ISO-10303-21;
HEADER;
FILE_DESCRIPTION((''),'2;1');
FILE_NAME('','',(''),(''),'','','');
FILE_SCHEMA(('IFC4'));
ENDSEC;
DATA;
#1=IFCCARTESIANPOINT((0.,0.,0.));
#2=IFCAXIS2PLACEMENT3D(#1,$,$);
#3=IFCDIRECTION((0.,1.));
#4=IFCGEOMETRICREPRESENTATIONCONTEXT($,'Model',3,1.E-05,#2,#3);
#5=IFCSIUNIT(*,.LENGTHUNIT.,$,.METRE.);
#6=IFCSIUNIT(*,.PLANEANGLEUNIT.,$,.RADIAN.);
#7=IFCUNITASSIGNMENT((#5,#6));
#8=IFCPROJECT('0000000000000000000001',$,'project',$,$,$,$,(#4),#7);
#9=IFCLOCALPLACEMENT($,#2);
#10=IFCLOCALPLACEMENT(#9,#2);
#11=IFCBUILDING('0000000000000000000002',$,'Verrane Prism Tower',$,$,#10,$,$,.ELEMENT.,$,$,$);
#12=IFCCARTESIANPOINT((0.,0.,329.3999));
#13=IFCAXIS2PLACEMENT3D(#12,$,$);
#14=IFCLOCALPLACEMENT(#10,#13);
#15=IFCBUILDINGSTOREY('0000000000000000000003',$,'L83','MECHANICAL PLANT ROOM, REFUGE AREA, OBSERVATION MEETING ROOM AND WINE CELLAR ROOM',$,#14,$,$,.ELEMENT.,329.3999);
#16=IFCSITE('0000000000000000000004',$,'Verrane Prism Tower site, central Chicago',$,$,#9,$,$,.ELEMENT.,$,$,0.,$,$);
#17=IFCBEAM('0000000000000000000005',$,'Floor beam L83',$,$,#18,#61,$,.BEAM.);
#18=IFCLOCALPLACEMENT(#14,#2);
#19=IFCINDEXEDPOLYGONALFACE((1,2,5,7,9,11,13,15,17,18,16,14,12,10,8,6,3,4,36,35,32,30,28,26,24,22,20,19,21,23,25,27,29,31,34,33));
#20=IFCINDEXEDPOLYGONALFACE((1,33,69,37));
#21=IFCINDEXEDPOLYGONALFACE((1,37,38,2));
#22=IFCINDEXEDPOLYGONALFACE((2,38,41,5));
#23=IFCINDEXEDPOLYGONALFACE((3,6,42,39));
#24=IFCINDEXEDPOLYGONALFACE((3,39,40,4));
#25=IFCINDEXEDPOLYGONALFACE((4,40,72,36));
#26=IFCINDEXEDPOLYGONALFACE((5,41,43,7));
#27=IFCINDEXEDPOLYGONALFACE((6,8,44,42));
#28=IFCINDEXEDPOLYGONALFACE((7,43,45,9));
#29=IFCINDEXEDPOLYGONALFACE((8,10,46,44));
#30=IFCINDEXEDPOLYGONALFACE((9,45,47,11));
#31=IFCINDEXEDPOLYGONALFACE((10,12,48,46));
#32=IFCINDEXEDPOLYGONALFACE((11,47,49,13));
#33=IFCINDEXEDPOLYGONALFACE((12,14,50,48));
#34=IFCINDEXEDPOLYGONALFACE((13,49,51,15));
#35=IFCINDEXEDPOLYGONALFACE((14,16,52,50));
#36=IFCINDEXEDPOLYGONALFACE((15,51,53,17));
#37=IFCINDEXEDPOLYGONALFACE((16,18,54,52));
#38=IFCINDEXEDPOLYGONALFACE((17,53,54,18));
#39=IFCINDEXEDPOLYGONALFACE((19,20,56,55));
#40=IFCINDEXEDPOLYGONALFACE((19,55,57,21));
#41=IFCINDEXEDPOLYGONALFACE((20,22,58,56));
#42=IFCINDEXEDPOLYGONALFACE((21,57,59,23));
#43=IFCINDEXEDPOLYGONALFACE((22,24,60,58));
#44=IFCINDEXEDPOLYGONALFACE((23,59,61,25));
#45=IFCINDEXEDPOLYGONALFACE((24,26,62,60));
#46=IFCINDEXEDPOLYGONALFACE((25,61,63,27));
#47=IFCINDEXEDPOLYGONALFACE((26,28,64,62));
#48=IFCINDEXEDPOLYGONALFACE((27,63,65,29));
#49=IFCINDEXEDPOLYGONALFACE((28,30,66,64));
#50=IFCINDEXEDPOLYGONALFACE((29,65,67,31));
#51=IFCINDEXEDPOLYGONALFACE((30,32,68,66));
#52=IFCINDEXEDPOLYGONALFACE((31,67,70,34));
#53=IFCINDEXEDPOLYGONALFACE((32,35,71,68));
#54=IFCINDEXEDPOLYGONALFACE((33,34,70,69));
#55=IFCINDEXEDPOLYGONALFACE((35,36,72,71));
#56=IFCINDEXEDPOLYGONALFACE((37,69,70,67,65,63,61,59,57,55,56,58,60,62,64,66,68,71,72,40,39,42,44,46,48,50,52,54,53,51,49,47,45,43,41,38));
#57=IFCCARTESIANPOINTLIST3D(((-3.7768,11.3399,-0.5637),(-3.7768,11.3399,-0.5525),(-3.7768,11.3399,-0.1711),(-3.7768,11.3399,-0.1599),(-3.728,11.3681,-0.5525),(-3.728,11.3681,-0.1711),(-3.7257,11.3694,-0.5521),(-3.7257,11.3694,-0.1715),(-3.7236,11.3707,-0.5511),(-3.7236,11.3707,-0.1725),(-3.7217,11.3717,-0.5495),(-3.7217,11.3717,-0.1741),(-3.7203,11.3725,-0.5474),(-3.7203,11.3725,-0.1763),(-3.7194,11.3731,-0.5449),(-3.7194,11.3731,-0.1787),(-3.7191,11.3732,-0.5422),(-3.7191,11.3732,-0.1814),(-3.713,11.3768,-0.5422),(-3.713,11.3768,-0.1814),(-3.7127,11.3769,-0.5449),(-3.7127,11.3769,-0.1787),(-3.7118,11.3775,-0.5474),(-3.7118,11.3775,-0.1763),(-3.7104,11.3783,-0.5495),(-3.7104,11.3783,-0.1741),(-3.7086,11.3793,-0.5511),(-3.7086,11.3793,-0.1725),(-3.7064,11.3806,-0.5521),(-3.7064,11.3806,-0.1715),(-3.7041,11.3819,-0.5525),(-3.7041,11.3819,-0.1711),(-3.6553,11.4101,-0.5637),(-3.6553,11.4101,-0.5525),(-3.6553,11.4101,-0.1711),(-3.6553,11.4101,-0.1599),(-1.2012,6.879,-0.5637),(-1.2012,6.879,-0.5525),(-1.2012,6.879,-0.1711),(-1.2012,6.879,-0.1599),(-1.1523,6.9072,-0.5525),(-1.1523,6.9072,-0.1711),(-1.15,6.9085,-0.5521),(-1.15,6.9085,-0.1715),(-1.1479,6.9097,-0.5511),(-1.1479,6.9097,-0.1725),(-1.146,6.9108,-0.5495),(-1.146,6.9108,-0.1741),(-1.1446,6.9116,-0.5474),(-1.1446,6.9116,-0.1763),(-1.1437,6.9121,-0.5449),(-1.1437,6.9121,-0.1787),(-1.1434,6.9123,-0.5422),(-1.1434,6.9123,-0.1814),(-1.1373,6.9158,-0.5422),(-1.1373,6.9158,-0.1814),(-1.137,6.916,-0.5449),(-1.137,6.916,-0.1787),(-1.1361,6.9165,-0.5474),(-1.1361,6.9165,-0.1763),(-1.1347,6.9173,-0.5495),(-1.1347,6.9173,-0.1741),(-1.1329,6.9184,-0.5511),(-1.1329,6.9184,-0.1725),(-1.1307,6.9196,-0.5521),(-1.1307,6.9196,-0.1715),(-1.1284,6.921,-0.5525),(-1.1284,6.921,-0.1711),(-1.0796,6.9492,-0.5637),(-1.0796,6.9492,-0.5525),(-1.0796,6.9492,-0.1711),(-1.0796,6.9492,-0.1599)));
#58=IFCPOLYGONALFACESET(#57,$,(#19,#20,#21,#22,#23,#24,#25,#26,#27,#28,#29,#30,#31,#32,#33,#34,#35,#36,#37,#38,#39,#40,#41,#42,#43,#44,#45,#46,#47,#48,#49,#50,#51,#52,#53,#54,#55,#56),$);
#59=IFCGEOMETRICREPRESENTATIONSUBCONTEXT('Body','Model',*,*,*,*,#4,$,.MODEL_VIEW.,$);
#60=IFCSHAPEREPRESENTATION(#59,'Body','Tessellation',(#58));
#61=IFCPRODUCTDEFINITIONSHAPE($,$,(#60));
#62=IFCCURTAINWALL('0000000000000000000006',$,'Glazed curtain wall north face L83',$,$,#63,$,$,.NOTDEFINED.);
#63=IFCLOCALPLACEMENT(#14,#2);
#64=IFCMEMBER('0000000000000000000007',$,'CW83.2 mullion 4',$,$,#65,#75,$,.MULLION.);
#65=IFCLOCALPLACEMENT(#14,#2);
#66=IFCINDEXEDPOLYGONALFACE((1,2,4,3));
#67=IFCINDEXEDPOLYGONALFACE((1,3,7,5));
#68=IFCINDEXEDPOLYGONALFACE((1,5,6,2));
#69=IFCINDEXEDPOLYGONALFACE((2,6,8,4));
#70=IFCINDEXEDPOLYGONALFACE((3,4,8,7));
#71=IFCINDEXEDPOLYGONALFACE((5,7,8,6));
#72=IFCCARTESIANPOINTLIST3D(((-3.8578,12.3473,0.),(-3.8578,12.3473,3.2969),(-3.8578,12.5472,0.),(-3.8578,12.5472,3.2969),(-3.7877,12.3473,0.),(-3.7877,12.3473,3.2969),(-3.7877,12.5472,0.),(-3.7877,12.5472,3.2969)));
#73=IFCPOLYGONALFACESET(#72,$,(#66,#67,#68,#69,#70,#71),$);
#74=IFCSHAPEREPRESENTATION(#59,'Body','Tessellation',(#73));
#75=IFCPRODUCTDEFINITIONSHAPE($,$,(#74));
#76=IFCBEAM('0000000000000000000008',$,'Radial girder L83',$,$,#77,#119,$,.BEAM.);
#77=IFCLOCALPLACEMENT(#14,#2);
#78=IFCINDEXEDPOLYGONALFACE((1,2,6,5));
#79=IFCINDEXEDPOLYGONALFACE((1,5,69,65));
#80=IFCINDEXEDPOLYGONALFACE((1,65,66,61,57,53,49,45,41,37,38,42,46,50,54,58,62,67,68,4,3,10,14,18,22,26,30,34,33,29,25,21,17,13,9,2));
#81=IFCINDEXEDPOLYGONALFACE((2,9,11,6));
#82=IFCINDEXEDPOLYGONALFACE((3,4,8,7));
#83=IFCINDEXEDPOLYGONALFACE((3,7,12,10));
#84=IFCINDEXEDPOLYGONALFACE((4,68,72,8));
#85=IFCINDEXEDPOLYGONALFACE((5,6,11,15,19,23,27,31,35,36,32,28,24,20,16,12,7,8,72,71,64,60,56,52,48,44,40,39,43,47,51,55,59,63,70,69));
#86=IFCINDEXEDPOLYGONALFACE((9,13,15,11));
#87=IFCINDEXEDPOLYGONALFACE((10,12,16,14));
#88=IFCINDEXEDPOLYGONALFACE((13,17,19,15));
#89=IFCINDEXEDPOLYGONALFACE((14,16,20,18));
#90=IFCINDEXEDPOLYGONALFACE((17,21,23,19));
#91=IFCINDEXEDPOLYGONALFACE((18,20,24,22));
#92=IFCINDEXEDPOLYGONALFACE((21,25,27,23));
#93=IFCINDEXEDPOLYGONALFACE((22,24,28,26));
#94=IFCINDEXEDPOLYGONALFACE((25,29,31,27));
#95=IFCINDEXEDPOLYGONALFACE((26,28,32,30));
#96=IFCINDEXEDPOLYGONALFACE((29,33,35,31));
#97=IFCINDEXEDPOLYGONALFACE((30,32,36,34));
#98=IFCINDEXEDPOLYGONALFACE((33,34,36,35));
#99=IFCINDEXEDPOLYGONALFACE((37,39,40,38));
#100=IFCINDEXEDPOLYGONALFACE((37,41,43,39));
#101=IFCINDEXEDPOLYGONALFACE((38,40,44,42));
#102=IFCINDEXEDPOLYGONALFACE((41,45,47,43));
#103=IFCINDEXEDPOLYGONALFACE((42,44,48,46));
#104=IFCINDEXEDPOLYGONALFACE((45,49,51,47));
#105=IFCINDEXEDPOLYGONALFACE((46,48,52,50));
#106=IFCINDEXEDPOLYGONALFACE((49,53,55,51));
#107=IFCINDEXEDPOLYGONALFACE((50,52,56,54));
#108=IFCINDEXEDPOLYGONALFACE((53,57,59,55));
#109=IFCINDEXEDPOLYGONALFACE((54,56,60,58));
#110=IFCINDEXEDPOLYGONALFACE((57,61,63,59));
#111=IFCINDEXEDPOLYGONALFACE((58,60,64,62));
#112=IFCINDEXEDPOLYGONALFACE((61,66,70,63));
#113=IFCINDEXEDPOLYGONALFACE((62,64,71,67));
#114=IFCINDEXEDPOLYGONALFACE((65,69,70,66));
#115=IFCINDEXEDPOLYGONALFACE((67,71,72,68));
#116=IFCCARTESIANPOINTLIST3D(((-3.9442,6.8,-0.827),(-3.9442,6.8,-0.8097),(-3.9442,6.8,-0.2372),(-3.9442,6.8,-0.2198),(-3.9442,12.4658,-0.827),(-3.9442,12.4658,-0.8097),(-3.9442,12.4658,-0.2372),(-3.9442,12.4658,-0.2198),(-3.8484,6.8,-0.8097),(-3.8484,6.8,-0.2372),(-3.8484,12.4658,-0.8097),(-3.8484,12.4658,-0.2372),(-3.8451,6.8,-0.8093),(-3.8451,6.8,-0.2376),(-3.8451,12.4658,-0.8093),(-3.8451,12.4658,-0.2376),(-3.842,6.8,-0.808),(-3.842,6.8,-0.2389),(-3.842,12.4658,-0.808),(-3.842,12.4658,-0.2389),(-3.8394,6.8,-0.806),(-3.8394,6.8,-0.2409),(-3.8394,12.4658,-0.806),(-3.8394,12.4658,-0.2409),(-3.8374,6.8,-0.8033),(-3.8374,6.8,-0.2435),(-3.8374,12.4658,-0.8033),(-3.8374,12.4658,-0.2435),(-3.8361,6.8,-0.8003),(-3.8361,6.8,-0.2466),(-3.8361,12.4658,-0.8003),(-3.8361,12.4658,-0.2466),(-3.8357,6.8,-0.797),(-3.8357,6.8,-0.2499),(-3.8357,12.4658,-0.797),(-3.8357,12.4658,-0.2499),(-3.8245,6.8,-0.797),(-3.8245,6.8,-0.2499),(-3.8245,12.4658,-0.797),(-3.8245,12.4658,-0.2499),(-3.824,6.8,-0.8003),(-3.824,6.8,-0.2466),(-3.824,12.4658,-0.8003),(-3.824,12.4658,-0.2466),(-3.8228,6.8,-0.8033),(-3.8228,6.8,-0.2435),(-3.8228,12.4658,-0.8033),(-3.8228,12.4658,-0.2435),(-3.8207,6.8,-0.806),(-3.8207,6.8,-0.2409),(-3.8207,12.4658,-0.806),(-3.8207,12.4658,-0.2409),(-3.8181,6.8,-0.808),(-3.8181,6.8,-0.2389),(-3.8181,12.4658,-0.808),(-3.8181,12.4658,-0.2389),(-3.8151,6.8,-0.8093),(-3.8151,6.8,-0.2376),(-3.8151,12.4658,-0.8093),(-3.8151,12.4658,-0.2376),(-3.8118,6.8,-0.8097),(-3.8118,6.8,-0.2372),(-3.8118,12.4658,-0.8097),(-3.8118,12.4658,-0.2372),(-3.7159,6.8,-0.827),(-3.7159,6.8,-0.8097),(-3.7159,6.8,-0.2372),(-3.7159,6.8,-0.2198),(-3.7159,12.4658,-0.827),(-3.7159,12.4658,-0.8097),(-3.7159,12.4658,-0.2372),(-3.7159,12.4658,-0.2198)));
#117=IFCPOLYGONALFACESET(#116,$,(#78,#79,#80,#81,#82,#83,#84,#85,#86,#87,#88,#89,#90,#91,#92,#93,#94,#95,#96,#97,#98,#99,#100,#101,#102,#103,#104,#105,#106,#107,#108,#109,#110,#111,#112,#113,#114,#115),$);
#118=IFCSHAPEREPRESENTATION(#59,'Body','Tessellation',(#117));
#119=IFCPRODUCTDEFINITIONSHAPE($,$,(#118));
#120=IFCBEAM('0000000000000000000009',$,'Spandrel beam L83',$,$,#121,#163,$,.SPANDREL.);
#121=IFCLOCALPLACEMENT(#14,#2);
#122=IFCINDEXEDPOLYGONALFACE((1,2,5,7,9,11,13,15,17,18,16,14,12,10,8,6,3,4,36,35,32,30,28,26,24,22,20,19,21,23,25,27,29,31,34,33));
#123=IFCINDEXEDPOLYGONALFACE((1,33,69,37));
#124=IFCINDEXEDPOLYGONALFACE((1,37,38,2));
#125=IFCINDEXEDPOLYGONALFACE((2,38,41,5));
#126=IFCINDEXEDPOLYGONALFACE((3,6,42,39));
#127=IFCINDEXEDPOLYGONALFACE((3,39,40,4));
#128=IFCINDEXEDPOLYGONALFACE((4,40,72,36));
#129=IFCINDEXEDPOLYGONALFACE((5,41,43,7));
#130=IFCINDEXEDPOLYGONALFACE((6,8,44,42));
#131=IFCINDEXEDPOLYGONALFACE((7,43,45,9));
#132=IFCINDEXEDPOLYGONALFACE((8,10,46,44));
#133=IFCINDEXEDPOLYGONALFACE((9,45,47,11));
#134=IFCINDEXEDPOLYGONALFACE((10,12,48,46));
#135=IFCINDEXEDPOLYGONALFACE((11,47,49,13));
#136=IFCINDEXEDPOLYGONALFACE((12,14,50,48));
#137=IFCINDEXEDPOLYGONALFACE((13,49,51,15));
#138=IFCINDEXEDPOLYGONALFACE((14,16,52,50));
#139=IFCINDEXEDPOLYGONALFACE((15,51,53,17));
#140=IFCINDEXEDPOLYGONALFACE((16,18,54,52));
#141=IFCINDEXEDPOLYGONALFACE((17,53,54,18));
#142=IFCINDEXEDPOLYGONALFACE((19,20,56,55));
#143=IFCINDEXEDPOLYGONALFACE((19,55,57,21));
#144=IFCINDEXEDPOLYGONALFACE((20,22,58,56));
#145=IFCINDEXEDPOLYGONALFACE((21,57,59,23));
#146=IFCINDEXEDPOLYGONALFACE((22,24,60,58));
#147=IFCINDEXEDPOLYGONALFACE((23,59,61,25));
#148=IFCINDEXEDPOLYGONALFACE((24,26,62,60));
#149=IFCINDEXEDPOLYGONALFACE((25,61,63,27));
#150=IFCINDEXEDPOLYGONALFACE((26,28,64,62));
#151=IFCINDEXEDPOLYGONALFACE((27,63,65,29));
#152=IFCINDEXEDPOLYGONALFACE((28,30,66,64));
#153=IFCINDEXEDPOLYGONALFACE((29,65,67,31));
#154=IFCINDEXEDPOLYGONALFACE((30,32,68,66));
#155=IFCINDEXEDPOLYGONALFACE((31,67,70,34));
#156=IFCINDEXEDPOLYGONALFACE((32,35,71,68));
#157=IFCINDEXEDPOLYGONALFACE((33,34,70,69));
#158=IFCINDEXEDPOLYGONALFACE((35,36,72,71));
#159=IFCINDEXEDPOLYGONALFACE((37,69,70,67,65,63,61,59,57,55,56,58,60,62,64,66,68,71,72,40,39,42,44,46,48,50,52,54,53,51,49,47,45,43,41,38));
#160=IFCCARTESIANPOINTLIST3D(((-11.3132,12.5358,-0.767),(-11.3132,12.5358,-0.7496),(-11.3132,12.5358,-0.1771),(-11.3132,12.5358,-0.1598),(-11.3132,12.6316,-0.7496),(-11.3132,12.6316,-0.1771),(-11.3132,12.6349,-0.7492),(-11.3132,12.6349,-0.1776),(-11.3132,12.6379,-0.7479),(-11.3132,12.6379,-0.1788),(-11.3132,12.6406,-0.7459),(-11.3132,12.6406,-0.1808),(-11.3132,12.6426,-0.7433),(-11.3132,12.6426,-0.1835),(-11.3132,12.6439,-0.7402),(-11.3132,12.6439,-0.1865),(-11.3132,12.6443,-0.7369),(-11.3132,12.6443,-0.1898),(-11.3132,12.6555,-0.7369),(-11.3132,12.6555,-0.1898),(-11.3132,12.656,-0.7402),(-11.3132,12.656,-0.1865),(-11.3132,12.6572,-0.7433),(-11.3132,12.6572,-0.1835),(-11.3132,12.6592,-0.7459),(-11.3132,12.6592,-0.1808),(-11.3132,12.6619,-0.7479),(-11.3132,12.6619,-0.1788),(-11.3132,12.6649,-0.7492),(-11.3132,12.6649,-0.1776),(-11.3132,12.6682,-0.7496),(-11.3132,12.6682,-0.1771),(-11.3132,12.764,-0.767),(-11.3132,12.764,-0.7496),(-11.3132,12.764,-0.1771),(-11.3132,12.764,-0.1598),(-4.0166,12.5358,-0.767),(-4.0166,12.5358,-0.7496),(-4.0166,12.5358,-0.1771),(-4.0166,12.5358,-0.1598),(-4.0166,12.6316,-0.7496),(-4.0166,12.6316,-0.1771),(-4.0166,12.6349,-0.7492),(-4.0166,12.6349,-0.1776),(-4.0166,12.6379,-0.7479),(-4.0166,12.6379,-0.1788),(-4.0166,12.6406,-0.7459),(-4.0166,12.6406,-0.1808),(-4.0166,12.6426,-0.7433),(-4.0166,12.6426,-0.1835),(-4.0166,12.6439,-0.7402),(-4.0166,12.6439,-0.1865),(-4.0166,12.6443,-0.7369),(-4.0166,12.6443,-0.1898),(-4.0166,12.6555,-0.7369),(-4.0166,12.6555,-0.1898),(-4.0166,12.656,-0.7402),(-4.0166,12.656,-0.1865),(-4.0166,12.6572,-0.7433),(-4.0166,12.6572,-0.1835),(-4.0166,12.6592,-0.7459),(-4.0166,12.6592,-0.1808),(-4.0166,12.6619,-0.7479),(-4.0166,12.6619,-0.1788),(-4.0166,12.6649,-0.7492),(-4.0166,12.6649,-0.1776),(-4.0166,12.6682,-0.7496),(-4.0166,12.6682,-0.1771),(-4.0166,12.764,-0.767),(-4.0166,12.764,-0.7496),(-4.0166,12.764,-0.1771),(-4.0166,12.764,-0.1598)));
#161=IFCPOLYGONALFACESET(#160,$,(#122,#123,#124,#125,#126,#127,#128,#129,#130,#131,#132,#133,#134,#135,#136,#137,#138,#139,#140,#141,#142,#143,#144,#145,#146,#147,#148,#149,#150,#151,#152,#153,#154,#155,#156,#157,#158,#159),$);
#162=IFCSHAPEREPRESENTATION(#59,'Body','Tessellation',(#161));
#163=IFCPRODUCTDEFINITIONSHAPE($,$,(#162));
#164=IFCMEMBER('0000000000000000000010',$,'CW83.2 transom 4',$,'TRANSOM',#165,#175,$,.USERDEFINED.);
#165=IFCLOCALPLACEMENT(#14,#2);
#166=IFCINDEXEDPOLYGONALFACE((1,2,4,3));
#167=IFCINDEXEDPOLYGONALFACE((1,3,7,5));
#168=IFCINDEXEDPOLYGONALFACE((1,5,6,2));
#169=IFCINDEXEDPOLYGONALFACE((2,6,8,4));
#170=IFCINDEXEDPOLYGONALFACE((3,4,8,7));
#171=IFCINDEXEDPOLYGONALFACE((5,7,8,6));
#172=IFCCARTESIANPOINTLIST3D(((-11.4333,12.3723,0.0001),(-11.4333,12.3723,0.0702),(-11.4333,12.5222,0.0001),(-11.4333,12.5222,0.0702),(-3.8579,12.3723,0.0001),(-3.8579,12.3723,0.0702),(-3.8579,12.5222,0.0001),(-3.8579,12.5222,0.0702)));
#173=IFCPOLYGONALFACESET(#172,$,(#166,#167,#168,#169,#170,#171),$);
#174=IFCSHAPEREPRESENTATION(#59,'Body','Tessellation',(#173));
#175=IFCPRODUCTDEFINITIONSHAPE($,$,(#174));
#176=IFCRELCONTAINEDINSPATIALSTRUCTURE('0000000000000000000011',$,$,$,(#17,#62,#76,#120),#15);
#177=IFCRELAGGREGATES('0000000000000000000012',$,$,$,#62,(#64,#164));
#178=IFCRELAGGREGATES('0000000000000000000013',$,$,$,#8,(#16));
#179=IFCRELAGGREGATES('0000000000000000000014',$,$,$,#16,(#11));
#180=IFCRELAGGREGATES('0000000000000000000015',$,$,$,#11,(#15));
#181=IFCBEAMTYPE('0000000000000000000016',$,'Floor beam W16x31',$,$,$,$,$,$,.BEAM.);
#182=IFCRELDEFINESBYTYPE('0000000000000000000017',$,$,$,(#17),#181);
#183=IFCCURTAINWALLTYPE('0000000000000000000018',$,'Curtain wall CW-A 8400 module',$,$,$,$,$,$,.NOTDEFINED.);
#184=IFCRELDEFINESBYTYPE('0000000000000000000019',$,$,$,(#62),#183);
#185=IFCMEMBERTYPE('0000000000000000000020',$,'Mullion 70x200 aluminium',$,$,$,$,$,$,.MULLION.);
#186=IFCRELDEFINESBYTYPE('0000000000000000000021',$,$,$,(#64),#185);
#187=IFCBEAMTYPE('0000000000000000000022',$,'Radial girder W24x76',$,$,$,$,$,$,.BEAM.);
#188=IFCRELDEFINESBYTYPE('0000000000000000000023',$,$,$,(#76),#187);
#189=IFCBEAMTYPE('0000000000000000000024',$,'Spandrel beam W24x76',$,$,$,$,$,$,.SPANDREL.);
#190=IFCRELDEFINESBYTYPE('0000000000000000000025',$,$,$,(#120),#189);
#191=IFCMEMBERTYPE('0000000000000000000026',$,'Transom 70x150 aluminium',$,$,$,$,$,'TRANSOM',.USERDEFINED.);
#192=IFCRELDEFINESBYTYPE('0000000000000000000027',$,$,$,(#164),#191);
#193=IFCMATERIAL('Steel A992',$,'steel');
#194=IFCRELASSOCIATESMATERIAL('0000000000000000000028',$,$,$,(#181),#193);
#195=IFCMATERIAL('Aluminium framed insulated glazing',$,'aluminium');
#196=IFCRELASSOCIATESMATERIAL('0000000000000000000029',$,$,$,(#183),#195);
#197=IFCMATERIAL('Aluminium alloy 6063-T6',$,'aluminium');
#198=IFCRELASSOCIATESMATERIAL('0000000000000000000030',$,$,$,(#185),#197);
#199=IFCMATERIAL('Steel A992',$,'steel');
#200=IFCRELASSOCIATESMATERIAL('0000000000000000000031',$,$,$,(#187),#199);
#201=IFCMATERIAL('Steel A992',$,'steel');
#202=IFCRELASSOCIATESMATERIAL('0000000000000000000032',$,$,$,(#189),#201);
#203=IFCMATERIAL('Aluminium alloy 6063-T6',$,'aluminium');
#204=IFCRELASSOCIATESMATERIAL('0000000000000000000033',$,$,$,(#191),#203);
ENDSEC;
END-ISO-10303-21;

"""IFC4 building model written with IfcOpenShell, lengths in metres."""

from ifc_helpers import new_model, si_unit, direction, frame, origin, origin_2d, place, context, subcontext, project, spatial, rectangle, i_section, extrude, material, material_profile, profile_set, type_object, element, aggregate, save


model = new_model("IFC4")

# Units and contexts
model_context = context("Model", 3, precision=1e-05, world=origin(), true_north=direction((0.0, 1.0)))
body_context = subcontext(model_context, "Body", "Model", "MODEL_VIEW")
ifc_project = project(units=[si_unit("LENGTHUNIT", "METRE"), si_unit("PLANEANGLEUNIT", "RADIAN")], contexts=[model_context])

# Site, building, storey
site_placement = place(None, origin())
site = spatial("IfcSite", under=ifc_project, at=site_placement, Name="Verrane Prism Tower site, central Chicago", CompositionType="ELEMENT", RefElevation=0.0)
building_placement = place(site_placement, origin())
building = spatial("IfcBuilding", under=site, at=building_placement, Name="Verrane Prism Tower", CompositionType="ELEMENT")
storey_placement = place(building_placement, frame((0.0, 0.0, 329.3999)))
storey = spatial("IfcBuildingStorey", under=building, at=storey_placement, Name="L83", Description="MECHANICAL PLANT ROOM, REFUGE AREA, OBSERVATION MEETING ROOM AND WINE CELLAR ROOM", CompositionType="ELEMENT", Elevation=329.3999)

# Beam
ifc_material_1 = material(Name="Steel A992", Category="steel")
ifc_material_profile_1 = material_profile(ifc_material_1, i_section(OverallWidth=0.1404, OverallDepth=0.4038, WebThickness=0.0071, FlangeThickness=0.0112, FilletRadius=0.0103, at=origin_2d()), Name="W16x31")
ifc_profile_set_1 = profile_set([ifc_material_profile_1], Name="Steel A992")
beam_type_1 = type_object("IfcBeamType", Name="Floor beam W16x31", PredefinedType="BEAM", material=ifc_profile_set_1)
beam_1_placement = place(storey_placement, frame((-1.1404, 6.9141, -0.3618), z_axis=(-0.500023, 0.866012, 0.0), x_axis=(-0.866012, -0.500023, 0.0)))
element("IfcBeam", 1, at=beam_1_placement, inside=storey, type_object=beam_type_1, Name="Floor beam L83", PredefinedType="BEAM", context=body_context, shape_type="SweptSolid", body=[
    extrude(i_section(OverallWidth=0.1404, OverallDepth=0.4038, WebThickness=0.0071, FlangeThickness=0.0112, FilletRadius=0.0103, at=origin_2d()), origin(), (0.0, 0.0, 1.0), 5.1511),
])

# Curtain wall, member
ifc_material_2 = material(Name="Aluminium framed insulated glazing", Category="aluminium")
curtain_wall_type = type_object("IfcCurtainWallType", Name="Curtain wall CW-A 8400 module", PredefinedType="NOTDEFINED", material=ifc_material_2)
curtain_wall_placement = place(storey_placement, origin())
curtain_wall = element("IfcCurtainWall", 2, at=curtain_wall_placement, inside=storey, type_object=curtain_wall_type, Name="Glazed curtain wall north face L83", PredefinedType="NOTDEFINED")
ifc_material_3 = material(Name="Aluminium alloy 6063-T6", Category="aluminium")
ifc_material_profile_2 = material_profile(ifc_material_3, rectangle(XDim=0.2, YDim=0.0701, at=origin_2d()), Name="Mullion 70x200 aluminium")
ifc_profile_set_2 = profile_set([ifc_material_profile_2], Name="Aluminium alloy 6063-T6")
member_type_1 = type_object("IfcMemberType", Name="Mullion 70x200 aluminium", PredefinedType="MULLION", material=ifc_profile_set_2)
member_1_placement = place(storey_placement, frame((-3.8228, 12.4473, 0.0), z_axis=(0.0, 0.0, 1.0), x_axis=(0.0, -1.0, 0.0)))
member_1 = element("IfcMember", 3, at=member_1_placement, type_object=member_type_1, Name="CW83.2 mullion 4", PredefinedType="MULLION", context=body_context, shape_type="SweptSolid", body=[
    extrude(rectangle(XDim=0.2, YDim=0.0701, at=origin_2d()), origin(), (0.0, 0.0, 1.0), 3.2969),
])

# Beams
ifc_material_4 = material(Name="Steel A992", Category="steel")
ifc_material_profile_3 = material_profile(ifc_material_4, i_section(OverallWidth=0.2283, OverallDepth=0.6072, WebThickness=0.0112, FlangeThickness=0.0173, FilletRadius=0.0127, at=origin_2d()), Name="W24x76")
ifc_profile_set_3 = profile_set([ifc_material_profile_3], Name="Steel A992")
beam_type_2 = type_object("IfcBeamType", Name="Radial girder W24x76", PredefinedType="BEAM", material=ifc_profile_set_3)
beam_2_placement = place(storey_placement, frame((-3.8301, 12.4658, -0.5234), z_axis=(0.0, -1.0, 0.0), x_axis=(1.0, 0.0, 0.0)))
element("IfcBeam", 4, at=beam_2_placement, inside=storey, type_object=beam_type_2, Name="Radial girder L83", PredefinedType="BEAM", context=body_context, shape_type="SweptSolid", body=[
    extrude(i_section(OverallWidth=0.2283, OverallDepth=0.6072, WebThickness=0.0112, FlangeThickness=0.0173, FilletRadius=0.0127, at=origin_2d()), origin(), (0.0, 0.0, 1.0), 5.6658),
])
ifc_material_5 = material(Name="Steel A992", Category="steel")
ifc_material_profile_4 = material_profile(ifc_material_5, i_section(OverallWidth=0.2283, OverallDepth=0.6072, WebThickness=0.0112, FlangeThickness=0.0173, FilletRadius=0.0127, at=origin_2d()), Name="W24x76")
ifc_profile_set_4 = profile_set([ifc_material_profile_4], Name="Steel A992")
beam_type_3 = type_object("IfcBeamType", Name="Spandrel beam W24x76", PredefinedType="SPANDREL", material=ifc_profile_set_4)
beam_3_placement = place(storey_placement, frame((-4.0166, 12.6499, -0.4634), z_axis=(-1.0, 0.0, 0.0), x_axis=(0.0, -1.0, 0.0)))
element("IfcBeam", 5, at=beam_3_placement, inside=storey, type_object=beam_type_3, Name="Spandrel beam L83", PredefinedType="SPANDREL", context=body_context, shape_type="SweptSolid", body=[
    extrude(i_section(OverallWidth=0.2283, OverallDepth=0.6072, WebThickness=0.0112, FlangeThickness=0.0173, FilletRadius=0.0127, at=origin_2d()), origin(), (0.0, 0.0, 1.0), 7.2966),
])

# Member
ifc_material_6 = material(Name="Aluminium alloy 6063-T6", Category="aluminium")
ifc_material_profile_5 = material_profile(ifc_material_6, rectangle(XDim=0.1499, YDim=0.0701, at=origin_2d()), Name="Transom 70x150 aluminium")
ifc_profile_set_5 = profile_set([ifc_material_profile_5], Name="Aluminium alloy 6063-T6")
member_type_2 = type_object("IfcMemberType", Name="Transom 70x150 aluminium", ElementType="TRANSOM", PredefinedType="USERDEFINED", material=ifc_profile_set_5)
member_2_placement = place(storey_placement, frame((-3.8579, 12.4473, 0.0352), z_axis=(-1.0, 0.0, 0.0), x_axis=(0.0, -1.0, 0.0)))
member_2 = element("IfcMember", 6, at=member_2_placement, type_object=member_type_2, Name="CW83.2 transom 4", ObjectType="TRANSOM", PredefinedType="USERDEFINED", context=body_context, shape_type="SweptSolid", body=[
    extrude(rectangle(XDim=0.1499, YDim=0.0701, at=origin_2d()), origin(), (0.0, 0.0, 1.0), 7.5754),
])

aggregate(curtain_wall, [member_1, member_2])

save(model, "model.ifc")
